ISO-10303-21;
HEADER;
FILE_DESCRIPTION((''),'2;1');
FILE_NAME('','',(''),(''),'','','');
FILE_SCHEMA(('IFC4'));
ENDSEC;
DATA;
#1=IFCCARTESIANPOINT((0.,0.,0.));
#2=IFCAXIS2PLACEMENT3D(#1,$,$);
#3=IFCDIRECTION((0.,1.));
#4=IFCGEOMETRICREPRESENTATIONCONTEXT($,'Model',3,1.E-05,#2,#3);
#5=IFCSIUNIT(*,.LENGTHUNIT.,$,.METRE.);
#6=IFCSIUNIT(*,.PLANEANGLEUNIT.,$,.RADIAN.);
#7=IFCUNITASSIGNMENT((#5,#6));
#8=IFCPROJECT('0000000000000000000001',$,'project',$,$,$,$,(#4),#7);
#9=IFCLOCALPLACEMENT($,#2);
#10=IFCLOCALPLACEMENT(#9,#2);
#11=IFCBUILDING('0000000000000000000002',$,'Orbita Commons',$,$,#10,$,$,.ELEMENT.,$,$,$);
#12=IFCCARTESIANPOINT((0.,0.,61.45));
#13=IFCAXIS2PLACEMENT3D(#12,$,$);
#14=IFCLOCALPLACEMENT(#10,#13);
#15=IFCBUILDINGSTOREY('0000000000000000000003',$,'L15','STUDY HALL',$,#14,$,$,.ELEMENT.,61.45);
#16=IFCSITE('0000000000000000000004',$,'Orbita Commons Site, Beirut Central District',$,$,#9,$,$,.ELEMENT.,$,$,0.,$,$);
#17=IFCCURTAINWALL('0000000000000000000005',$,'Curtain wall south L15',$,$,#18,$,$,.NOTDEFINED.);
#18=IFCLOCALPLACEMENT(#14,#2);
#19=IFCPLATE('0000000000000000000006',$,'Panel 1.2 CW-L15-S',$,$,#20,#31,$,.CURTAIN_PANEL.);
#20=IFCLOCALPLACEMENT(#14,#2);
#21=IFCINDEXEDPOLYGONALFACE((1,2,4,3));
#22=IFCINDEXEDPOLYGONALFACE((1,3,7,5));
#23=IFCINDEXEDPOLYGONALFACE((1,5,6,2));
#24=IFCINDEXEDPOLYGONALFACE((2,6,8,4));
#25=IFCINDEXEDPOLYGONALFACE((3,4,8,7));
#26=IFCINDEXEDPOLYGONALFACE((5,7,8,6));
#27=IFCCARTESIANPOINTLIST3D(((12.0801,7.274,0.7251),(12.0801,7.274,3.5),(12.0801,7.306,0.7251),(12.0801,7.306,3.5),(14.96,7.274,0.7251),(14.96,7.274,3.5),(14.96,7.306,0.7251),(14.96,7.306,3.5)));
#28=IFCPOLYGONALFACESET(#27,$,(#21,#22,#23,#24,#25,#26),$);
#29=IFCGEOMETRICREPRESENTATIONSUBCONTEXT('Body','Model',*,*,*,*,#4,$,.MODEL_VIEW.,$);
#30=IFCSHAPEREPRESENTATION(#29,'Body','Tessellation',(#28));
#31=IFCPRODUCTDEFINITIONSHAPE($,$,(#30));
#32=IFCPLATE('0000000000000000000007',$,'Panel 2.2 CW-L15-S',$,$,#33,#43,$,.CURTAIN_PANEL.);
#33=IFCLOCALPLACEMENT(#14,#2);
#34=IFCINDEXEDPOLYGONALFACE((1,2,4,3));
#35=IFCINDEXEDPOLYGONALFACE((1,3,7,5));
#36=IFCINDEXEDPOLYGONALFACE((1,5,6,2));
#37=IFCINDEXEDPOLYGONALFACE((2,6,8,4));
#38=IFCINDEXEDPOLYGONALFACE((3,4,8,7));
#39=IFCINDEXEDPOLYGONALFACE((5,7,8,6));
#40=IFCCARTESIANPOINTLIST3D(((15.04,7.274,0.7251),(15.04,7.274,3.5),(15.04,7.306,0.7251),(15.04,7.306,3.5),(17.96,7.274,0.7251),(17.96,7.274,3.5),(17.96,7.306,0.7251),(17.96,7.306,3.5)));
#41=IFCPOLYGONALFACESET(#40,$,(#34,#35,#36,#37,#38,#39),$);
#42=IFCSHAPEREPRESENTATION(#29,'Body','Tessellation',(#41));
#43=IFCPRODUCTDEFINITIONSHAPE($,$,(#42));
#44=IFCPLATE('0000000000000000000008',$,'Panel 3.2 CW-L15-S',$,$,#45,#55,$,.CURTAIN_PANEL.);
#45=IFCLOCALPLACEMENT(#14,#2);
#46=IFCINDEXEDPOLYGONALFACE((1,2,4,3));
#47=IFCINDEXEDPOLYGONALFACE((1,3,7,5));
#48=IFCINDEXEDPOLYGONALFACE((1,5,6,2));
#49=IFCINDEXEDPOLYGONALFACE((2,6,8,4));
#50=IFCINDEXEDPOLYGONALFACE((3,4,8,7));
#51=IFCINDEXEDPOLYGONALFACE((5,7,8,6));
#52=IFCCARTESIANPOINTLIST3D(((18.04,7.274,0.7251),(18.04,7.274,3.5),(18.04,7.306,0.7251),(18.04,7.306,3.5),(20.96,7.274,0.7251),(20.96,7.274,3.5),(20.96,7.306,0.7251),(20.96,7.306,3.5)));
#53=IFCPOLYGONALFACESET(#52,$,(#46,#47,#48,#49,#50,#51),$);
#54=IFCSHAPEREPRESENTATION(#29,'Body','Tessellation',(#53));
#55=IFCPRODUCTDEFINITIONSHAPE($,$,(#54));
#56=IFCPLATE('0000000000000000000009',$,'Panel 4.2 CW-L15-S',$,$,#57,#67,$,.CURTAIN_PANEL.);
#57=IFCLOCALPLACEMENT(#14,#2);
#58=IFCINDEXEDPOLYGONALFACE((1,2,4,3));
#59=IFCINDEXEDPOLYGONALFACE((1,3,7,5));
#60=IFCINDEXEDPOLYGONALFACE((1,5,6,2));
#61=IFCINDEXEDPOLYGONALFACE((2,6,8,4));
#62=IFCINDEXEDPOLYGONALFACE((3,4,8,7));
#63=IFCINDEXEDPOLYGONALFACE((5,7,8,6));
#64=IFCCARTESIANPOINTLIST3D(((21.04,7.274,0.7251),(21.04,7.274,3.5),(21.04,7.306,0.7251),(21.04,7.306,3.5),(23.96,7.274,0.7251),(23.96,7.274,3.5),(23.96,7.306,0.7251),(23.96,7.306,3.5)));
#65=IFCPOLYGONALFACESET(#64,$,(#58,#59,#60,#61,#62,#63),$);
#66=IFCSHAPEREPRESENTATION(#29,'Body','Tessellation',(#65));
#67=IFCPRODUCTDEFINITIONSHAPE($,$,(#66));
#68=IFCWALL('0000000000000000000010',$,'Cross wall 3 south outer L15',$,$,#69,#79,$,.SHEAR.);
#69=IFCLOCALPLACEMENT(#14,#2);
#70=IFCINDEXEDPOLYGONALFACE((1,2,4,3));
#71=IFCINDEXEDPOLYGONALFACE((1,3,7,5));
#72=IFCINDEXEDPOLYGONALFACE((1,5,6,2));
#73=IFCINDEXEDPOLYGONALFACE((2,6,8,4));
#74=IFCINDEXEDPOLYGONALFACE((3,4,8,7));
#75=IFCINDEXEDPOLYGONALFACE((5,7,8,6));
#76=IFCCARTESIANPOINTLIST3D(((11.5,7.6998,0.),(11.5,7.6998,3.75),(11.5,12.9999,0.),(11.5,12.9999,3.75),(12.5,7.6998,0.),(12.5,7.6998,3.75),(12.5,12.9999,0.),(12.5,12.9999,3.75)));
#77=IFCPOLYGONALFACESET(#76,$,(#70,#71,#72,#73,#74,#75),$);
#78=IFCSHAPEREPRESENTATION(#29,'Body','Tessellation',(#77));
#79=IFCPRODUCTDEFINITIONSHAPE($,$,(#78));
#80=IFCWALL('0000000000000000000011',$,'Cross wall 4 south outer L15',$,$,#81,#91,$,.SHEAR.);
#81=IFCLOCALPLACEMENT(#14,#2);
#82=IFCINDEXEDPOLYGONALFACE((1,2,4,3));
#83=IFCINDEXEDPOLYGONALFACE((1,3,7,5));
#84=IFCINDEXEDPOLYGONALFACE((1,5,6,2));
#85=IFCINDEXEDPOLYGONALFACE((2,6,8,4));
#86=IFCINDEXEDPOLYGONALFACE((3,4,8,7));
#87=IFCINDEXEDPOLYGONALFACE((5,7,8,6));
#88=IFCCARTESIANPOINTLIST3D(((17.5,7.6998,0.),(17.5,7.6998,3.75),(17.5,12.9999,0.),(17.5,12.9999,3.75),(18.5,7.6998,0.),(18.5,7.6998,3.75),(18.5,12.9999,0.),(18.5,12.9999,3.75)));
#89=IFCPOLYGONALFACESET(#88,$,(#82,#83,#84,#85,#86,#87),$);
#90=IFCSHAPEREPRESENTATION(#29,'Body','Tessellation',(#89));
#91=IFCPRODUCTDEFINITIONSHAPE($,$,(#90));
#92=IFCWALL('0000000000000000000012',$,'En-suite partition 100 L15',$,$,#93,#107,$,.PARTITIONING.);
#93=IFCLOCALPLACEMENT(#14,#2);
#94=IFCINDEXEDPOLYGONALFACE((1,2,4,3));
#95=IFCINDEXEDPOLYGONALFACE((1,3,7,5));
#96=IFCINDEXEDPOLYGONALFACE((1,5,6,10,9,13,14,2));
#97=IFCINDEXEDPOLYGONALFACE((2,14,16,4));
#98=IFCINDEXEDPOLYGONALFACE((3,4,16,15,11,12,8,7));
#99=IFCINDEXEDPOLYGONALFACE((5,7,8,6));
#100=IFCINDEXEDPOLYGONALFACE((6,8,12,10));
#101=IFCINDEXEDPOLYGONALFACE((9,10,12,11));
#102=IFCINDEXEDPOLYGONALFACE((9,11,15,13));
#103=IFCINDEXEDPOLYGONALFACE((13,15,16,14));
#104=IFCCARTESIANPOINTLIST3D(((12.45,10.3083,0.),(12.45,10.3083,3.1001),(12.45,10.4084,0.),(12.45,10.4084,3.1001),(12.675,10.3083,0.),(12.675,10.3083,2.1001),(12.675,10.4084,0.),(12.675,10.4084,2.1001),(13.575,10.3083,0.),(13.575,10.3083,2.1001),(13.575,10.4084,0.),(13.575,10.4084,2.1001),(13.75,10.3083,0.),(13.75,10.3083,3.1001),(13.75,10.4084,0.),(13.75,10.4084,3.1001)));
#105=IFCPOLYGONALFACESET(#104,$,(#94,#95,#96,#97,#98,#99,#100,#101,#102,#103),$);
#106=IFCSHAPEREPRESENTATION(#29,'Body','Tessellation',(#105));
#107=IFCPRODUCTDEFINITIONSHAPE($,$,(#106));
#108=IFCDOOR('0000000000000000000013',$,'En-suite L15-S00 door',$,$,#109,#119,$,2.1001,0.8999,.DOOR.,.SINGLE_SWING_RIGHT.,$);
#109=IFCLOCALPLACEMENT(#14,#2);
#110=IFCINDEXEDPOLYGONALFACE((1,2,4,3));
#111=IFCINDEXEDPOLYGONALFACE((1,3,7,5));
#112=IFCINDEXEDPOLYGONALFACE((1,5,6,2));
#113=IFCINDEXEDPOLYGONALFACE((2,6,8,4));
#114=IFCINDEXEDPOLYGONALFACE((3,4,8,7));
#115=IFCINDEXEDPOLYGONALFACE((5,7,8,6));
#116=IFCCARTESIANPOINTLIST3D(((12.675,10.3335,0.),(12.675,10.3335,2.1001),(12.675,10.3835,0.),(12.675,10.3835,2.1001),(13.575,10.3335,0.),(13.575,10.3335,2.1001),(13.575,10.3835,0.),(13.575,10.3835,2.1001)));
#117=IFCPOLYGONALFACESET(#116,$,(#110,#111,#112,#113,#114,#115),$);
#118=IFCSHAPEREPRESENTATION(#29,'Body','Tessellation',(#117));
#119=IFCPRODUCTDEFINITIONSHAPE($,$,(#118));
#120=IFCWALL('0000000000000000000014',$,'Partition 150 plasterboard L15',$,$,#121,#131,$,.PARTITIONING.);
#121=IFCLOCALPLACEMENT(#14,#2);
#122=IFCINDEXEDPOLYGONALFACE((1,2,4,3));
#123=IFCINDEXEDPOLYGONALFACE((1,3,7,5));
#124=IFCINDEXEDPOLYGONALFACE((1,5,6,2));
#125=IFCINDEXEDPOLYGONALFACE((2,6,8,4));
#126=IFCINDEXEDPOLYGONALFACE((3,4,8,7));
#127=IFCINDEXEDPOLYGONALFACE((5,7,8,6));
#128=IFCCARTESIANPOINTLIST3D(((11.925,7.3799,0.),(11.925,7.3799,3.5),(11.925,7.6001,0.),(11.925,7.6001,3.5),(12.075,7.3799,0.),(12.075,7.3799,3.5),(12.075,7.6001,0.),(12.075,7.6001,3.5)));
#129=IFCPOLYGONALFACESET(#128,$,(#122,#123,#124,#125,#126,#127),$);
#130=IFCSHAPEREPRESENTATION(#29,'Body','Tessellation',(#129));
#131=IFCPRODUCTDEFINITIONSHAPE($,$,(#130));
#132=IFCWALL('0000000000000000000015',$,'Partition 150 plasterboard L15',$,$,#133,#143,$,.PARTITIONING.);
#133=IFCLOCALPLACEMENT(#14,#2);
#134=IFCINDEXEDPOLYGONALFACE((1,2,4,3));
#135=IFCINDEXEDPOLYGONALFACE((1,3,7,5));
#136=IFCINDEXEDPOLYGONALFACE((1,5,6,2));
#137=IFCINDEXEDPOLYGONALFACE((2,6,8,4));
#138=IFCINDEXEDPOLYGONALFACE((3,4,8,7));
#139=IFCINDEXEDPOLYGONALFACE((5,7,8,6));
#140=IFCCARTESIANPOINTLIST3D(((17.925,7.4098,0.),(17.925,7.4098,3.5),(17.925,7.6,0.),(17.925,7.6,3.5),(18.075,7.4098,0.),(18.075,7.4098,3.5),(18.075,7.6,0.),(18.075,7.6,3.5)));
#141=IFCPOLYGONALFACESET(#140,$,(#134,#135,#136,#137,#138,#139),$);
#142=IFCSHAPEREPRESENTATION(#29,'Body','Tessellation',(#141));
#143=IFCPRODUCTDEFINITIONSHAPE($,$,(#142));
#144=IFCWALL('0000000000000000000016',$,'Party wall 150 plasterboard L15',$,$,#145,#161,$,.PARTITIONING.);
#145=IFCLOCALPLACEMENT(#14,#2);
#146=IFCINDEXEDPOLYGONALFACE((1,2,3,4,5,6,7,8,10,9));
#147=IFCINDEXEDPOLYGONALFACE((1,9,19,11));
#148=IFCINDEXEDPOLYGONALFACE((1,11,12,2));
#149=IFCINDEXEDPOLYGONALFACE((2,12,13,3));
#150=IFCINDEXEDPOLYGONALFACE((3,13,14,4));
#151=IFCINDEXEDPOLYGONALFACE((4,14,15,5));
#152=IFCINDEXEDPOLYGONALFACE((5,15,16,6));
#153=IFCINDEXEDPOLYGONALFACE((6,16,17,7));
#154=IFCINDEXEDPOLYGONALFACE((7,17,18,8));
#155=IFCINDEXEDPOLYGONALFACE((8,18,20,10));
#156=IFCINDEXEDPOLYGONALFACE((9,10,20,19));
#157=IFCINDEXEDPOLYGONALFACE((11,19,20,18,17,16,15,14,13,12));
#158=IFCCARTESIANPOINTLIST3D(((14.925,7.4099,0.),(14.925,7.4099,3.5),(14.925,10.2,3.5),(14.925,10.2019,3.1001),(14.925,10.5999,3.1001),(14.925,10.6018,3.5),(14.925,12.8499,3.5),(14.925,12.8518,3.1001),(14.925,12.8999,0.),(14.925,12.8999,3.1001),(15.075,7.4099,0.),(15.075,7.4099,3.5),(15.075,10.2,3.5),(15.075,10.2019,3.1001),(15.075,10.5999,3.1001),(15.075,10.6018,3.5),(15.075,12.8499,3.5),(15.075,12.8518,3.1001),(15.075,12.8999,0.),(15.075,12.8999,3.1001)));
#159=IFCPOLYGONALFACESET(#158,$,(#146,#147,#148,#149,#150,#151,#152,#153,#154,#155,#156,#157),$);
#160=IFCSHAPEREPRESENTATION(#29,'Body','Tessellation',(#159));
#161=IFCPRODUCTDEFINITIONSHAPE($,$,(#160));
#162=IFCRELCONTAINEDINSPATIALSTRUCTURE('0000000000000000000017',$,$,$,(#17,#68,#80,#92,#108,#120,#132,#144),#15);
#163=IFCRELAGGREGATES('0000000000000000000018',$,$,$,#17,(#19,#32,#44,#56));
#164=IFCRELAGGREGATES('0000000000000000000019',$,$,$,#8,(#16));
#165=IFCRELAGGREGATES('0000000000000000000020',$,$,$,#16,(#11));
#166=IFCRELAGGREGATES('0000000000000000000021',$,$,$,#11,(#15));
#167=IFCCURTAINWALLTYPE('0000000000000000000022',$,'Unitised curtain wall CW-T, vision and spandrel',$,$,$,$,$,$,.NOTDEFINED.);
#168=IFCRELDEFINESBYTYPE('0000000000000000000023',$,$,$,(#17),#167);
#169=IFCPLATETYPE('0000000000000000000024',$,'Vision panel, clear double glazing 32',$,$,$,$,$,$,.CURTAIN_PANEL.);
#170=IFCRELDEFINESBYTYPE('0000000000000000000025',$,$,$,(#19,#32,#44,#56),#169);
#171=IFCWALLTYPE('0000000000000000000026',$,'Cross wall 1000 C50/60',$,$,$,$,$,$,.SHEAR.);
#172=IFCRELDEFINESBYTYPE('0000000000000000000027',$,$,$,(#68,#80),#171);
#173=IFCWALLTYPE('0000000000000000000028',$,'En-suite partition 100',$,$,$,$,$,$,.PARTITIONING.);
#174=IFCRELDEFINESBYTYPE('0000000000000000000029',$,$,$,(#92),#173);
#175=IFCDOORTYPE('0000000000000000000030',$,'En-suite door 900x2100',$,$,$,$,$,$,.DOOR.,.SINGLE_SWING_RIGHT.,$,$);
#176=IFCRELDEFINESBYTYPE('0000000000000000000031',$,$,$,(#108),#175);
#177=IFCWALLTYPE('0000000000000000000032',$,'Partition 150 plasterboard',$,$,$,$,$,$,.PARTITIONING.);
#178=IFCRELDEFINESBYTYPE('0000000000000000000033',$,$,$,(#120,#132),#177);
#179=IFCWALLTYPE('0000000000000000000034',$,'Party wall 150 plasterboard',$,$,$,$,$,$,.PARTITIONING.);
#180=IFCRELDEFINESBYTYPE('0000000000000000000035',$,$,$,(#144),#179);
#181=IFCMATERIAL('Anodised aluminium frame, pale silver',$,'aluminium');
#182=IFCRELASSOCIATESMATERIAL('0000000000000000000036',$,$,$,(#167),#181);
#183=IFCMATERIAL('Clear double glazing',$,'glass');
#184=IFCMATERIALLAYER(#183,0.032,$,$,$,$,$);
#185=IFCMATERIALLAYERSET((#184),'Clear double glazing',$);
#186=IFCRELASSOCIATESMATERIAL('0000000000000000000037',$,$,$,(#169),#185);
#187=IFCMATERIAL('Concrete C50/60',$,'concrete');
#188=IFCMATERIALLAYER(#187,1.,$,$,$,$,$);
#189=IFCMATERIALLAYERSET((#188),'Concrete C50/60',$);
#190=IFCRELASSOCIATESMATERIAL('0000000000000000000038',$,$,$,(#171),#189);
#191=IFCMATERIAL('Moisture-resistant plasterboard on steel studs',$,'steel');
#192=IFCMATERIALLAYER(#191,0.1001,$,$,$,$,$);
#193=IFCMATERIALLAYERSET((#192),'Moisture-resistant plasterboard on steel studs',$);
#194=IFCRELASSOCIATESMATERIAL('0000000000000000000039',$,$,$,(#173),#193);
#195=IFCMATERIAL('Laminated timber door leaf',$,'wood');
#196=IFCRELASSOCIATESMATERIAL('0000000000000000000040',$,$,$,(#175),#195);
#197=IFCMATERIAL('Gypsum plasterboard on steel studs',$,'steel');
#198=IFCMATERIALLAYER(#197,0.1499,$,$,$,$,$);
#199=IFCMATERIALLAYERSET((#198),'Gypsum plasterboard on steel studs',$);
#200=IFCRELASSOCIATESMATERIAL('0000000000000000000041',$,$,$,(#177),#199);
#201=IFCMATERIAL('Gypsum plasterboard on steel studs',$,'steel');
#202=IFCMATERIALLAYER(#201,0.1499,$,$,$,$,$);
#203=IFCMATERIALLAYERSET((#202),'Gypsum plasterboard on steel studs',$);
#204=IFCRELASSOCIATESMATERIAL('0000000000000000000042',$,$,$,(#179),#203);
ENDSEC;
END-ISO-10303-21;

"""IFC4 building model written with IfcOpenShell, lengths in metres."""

from ifc_helpers import new_model, si_unit, direction, frame, frame_2d, origin, origin_2d, place, context, subcontext, project, spatial, polyline, rectangle, outline, extrude, material, layer, layer_set, type_object, element, fill, aggregate, save


model = new_model("IFC4")

# Units and contexts
model_context = context("Model", 3, precision=1e-05, world=origin(), true_north=direction((0.0, 1.0)))
body_context = subcontext(model_context, "Body", "Model", "MODEL_VIEW")
ifc_project = project(units=[si_unit("LENGTHUNIT", "METRE"), si_unit("PLANEANGLEUNIT", "RADIAN")], contexts=[model_context])

# Site, building, storey
site_placement = place(None, origin())
site = spatial("IfcSite", under=ifc_project, at=site_placement, Name="Orbita Commons Site, Beirut Central District", CompositionType="ELEMENT", RefElevation=0.0)
building_placement = place(site_placement, origin())
building = spatial("IfcBuilding", under=site, at=building_placement, Name="Orbita Commons", CompositionType="ELEMENT")
storey_placement = place(building_placement, frame((0.0, 0.0, 61.45)))
storey = spatial("IfcBuildingStorey", under=building, at=storey_placement, Name="L15", Description="STUDY HALL", CompositionType="ELEMENT", Elevation=61.45)

# Curtain wall
ifc_material_1 = material(Name="Anodised aluminium frame, pale silver", Category="aluminium")
curtain_wall_type = type_object("IfcCurtainWallType", Name="Unitised curtain wall CW-T, vision and spandrel", PredefinedType="NOTDEFINED", material=ifc_material_1)
curtain_wall_placement = place(storey_placement, origin())
curtain_wall = element("IfcCurtainWall", 1, at=curtain_wall_placement, inside=storey, type_object=curtain_wall_type, Name="Curtain wall south L15", PredefinedType="NOTDEFINED")

# Plates
ifc_material_2 = material(Name="Clear double glazing", Category="glass")
ifc_layer_1 = layer(ifc_material_2, 0.032)
ifc_layer_set_1 = layer_set([ifc_layer_1], Name="Clear double glazing")
plate_type_1 = type_object("IfcPlateType", Name="Vision panel, clear double glazing 32", PredefinedType="CURTAIN_PANEL", material=ifc_layer_set_1)
plate_1_placement = place(storey_placement, frame((13.52, 7.29, 0.7251), z_axis=(0.0, 0.0, 1.0), x_axis=(1.0, 0.0, 0.0)))
plate_1 = element("IfcPlate", 2, at=plate_1_placement, type_object=plate_type_1, Name="Panel 1.2 CW-L15-S", PredefinedType="CURTAIN_PANEL", context=body_context, shape_type="SweptSolid", body=[
    extrude(rectangle(XDim=2.8799, YDim=0.032, at=origin_2d()), origin(), (0.0, 0.0, 1.0), 2.7749),
])
plate_2_placement = place(storey_placement, frame((16.5, 7.29, 0.7251), z_axis=(0.0, 0.0, 1.0), x_axis=(1.0, 0.0, 0.0)))
plate_2 = element("IfcPlate", 3, at=plate_2_placement, type_object=plate_type_1, Name="Panel 2.2 CW-L15-S", PredefinedType="CURTAIN_PANEL", context=body_context, shape_type="SweptSolid", body=[
    extrude(rectangle(XDim=2.9199, YDim=0.032, at=origin_2d()), origin(), (0.0, 0.0, 1.0), 2.7749),
])
plate_3_placement = place(storey_placement, frame((19.5, 7.29, 0.7251), z_axis=(0.0, 0.0, 1.0), x_axis=(1.0, 0.0, 0.0)))
plate_3 = element("IfcPlate", 4, at=plate_3_placement, type_object=plate_type_1, Name="Panel 3.2 CW-L15-S", PredefinedType="CURTAIN_PANEL", context=body_context, shape_type="SweptSolid", body=[
    extrude(rectangle(XDim=2.9199, YDim=0.032, at=origin_2d()), origin(), (0.0, 0.0, 1.0), 2.7749),
])
plate_4_placement = place(storey_placement, frame((22.5, 7.29, 0.7251), z_axis=(0.0, 0.0, 1.0), x_axis=(1.0, 0.0, 0.0)))
plate_4 = element("IfcPlate", 5, at=plate_4_placement, type_object=plate_type_1, Name="Panel 4.2 CW-L15-S", PredefinedType="CURTAIN_PANEL", context=body_context, shape_type="SweptSolid", body=[
    extrude(rectangle(XDim=2.9199, YDim=0.032, at=origin_2d()), origin(), (0.0, 0.0, 1.0), 2.7749),
])
aggregate(curtain_wall, [plate_1, plate_2, plate_3, plate_4])

# Walls
ifc_material_3 = material(Name="Concrete C50/60", Category="concrete")
ifc_layer_2 = layer(ifc_material_3, 1.0)
ifc_layer_set_2 = layer_set([ifc_layer_2], Name="Concrete C50/60")
wall_type_1 = type_object("IfcWallType", Name="Cross wall 1000 C50/60", PredefinedType="SHEAR", material=ifc_layer_set_2)
for number, where, z_axis, x_axis, name in (
    (6, (12.0, 7.7, 0.0), (0.0, 0.0, 1.0), (0.0, 1.0, 0.0), "Cross wall 3 south outer L15"),
    (7, (18.0, 7.7, 0.0), (0.0, 0.0, 1.0), (0.0, 1.0, 0.0), "Cross wall 4 south outer L15"),
):
    element("IfcWall", number, at=place(storey_placement, frame(where, z_axis=z_axis, x_axis=x_axis)), inside=storey, type_object=wall_type_1, Name=name, PredefinedType="SHEAR", context=body_context, shape_type="SweptSolid", body=[
        extrude(rectangle(XDim=5.3, YDim=1.0, at=frame_2d((2.6499, 0.0))), origin(), (0.0, 0.0, 1.0), 3.75),
    ])

# Wall, opening, door
ifc_material_4 = material(Name="Moisture-resistant plasterboard on steel studs", Category="steel")
ifc_layer_3 = layer(ifc_material_4, 0.1001)
ifc_layer_set_3 = layer_set([ifc_layer_3], Name="Moisture-resistant plasterboard on steel studs")
wall_type_2 = type_object("IfcWallType", Name="En-suite partition 100", PredefinedType="PARTITIONING", material=ifc_layer_set_3)
wall_1_placement = place(storey_placement, frame((13.75, 10.3584, 0.0), z_axis=(0.0, 0.0, 1.0), x_axis=(-1.0, 0.0, 0.0)))
wall_1 = element("IfcWall", 8, at=wall_1_placement, inside=storey, type_object=wall_type_2, Name="En-suite partition 100 L15", PredefinedType="PARTITIONING", context=body_context, shape_type="SweptSolid", body=[
    extrude(outline(polyline([(0.0, 0.0), (1.3, 0.0), (1.3, 3.1001), (0.0, 3.1001), (0.0, 0.0)])), frame((0.0, 0.05, 0.0), z_axis=(0.0, -1.0, 0.0), x_axis=(1.0, 0.0, 0.0)), (0.0, 0.0, 1.0), 0.1001),
])
opening_1_placement = place(wall_1_placement, frame((0.175, 0.0, 0.0)))
opening_1 = element("IfcOpeningElement", 9, at=opening_1_placement, cuts=wall_1, PredefinedType="OPENING", context=body_context, shape_type="SweptSolid", body=[
    extrude(rectangle(XDim=0.8999, YDim=2.1001, at=frame_2d((0.45, 1.05))), frame((0.0, 0.0601, 0.0), z_axis=(0.0, -1.0, 0.0), x_axis=(1.0, 0.0, 0.0)), (0.0, 0.0, 1.0), 0.1201),
])
ifc_material_5 = material(Name="Laminated timber door leaf", Category="wood")
door_type = type_object("IfcDoorType", Name="En-suite door 900x2100", OperationType="SINGLE_SWING_RIGHT", PredefinedType="DOOR", material=ifc_material_5)
door_placement = place(opening_1_placement, origin())
door = element("IfcDoor", 10, at=door_placement, inside=storey, type_object=door_type, Name="En-suite L15-S00 door", OperationType="SINGLE_SWING_RIGHT", OverallHeight=2.1001, OverallWidth=0.8999, PredefinedType="DOOR", context=body_context, shape_type="SweptSolid", body=[
    extrude(rectangle(XDim=0.8999, YDim=2.1001, at=frame_2d((0.45, 1.05))), frame((0.0, 0.0249, 0.0), z_axis=(0.0, -1.0, 0.0), x_axis=(1.0, 0.0, 0.0)), (0.0, 0.0, 1.0), 0.05),
])
fill(opening_1, door)

# Walls
ifc_material_6 = material(Name="Gypsum plasterboard on steel studs", Category="steel")
ifc_layer_4 = layer(ifc_material_6, 0.1499)
ifc_layer_set_4 = layer_set([ifc_layer_4], Name="Gypsum plasterboard on steel studs")
wall_type_3 = type_object("IfcWallType", Name="Partition 150 plasterboard", PredefinedType="PARTITIONING", material=ifc_layer_set_4)
wall_2_placement = place(storey_placement, frame((12.0, 7.6001, 0.0), z_axis=(0.0, 0.0, 1.0), x_axis=(0.0, -1.0, 0.0)))
element("IfcWall", 11, at=wall_2_placement, inside=storey, type_object=wall_type_3, Name="Partition 150 plasterboard L15", PredefinedType="PARTITIONING", context=body_context, shape_type="SweptSolid", body=[
    extrude(rectangle(XDim=0.2202, YDim=0.1499, at=frame_2d((0.1101, 0.0))), origin(), (0.0, 0.0, 1.0), 3.5),
])
wall_3_placement = place(storey_placement, frame((18.0, 7.6001, 0.0), z_axis=(0.0, 0.0, 1.0), x_axis=(0.0, -1.0, 0.0)))
element("IfcWall", 12, at=wall_3_placement, inside=storey, type_object=wall_type_3, Name="Partition 150 plasterboard L15", PredefinedType="PARTITIONING", context=body_context, shape_type="SweptSolid", body=[
    extrude(rectangle(XDim=0.1902, YDim=0.1499, at=frame_2d((0.0952, 0.0))), origin(), (0.0, 0.0, 1.0), 3.5),
])
ifc_material_7 = material(Name="Gypsum plasterboard on steel studs", Category="steel")
ifc_layer_5 = layer(ifc_material_7, 0.1499)
ifc_layer_set_5 = layer_set([ifc_layer_5], Name="Gypsum plasterboard on steel studs")
wall_type_4 = type_object("IfcWallType", Name="Party wall 150 plasterboard", PredefinedType="PARTITIONING", material=ifc_layer_set_5)
wall_4_placement = place(storey_placement, frame((15.0, 7.4099, 0.0), z_axis=(0.0, 0.0, 1.0), x_axis=(0.0, 1.0, 0.0)))
element("IfcWall", 13, at=wall_4_placement, inside=storey, type_object=wall_type_4, Name="Party wall 150 plasterboard L15", PredefinedType="PARTITIONING", context=body_context, shape_type="SweptSolid", body=[
    extrude(outline(polyline([(0.0, 0.0), (5.49, 0.0), (5.49, 3.1001), (5.4419, 3.1001), (5.4399, 3.5), (3.1919, 3.5), (3.1899, 3.1001), (2.792, 3.1001), (2.79, 3.5), (0.0, 3.5), (0.0, 0.0)])), frame((0.0, 0.075, 0.0), z_axis=(0.0, -1.0, 0.0), x_axis=(1.0, 0.0, 0.0)), (0.0, 0.0, 1.0), 0.1499),
])

save(model, "model.ifc")
